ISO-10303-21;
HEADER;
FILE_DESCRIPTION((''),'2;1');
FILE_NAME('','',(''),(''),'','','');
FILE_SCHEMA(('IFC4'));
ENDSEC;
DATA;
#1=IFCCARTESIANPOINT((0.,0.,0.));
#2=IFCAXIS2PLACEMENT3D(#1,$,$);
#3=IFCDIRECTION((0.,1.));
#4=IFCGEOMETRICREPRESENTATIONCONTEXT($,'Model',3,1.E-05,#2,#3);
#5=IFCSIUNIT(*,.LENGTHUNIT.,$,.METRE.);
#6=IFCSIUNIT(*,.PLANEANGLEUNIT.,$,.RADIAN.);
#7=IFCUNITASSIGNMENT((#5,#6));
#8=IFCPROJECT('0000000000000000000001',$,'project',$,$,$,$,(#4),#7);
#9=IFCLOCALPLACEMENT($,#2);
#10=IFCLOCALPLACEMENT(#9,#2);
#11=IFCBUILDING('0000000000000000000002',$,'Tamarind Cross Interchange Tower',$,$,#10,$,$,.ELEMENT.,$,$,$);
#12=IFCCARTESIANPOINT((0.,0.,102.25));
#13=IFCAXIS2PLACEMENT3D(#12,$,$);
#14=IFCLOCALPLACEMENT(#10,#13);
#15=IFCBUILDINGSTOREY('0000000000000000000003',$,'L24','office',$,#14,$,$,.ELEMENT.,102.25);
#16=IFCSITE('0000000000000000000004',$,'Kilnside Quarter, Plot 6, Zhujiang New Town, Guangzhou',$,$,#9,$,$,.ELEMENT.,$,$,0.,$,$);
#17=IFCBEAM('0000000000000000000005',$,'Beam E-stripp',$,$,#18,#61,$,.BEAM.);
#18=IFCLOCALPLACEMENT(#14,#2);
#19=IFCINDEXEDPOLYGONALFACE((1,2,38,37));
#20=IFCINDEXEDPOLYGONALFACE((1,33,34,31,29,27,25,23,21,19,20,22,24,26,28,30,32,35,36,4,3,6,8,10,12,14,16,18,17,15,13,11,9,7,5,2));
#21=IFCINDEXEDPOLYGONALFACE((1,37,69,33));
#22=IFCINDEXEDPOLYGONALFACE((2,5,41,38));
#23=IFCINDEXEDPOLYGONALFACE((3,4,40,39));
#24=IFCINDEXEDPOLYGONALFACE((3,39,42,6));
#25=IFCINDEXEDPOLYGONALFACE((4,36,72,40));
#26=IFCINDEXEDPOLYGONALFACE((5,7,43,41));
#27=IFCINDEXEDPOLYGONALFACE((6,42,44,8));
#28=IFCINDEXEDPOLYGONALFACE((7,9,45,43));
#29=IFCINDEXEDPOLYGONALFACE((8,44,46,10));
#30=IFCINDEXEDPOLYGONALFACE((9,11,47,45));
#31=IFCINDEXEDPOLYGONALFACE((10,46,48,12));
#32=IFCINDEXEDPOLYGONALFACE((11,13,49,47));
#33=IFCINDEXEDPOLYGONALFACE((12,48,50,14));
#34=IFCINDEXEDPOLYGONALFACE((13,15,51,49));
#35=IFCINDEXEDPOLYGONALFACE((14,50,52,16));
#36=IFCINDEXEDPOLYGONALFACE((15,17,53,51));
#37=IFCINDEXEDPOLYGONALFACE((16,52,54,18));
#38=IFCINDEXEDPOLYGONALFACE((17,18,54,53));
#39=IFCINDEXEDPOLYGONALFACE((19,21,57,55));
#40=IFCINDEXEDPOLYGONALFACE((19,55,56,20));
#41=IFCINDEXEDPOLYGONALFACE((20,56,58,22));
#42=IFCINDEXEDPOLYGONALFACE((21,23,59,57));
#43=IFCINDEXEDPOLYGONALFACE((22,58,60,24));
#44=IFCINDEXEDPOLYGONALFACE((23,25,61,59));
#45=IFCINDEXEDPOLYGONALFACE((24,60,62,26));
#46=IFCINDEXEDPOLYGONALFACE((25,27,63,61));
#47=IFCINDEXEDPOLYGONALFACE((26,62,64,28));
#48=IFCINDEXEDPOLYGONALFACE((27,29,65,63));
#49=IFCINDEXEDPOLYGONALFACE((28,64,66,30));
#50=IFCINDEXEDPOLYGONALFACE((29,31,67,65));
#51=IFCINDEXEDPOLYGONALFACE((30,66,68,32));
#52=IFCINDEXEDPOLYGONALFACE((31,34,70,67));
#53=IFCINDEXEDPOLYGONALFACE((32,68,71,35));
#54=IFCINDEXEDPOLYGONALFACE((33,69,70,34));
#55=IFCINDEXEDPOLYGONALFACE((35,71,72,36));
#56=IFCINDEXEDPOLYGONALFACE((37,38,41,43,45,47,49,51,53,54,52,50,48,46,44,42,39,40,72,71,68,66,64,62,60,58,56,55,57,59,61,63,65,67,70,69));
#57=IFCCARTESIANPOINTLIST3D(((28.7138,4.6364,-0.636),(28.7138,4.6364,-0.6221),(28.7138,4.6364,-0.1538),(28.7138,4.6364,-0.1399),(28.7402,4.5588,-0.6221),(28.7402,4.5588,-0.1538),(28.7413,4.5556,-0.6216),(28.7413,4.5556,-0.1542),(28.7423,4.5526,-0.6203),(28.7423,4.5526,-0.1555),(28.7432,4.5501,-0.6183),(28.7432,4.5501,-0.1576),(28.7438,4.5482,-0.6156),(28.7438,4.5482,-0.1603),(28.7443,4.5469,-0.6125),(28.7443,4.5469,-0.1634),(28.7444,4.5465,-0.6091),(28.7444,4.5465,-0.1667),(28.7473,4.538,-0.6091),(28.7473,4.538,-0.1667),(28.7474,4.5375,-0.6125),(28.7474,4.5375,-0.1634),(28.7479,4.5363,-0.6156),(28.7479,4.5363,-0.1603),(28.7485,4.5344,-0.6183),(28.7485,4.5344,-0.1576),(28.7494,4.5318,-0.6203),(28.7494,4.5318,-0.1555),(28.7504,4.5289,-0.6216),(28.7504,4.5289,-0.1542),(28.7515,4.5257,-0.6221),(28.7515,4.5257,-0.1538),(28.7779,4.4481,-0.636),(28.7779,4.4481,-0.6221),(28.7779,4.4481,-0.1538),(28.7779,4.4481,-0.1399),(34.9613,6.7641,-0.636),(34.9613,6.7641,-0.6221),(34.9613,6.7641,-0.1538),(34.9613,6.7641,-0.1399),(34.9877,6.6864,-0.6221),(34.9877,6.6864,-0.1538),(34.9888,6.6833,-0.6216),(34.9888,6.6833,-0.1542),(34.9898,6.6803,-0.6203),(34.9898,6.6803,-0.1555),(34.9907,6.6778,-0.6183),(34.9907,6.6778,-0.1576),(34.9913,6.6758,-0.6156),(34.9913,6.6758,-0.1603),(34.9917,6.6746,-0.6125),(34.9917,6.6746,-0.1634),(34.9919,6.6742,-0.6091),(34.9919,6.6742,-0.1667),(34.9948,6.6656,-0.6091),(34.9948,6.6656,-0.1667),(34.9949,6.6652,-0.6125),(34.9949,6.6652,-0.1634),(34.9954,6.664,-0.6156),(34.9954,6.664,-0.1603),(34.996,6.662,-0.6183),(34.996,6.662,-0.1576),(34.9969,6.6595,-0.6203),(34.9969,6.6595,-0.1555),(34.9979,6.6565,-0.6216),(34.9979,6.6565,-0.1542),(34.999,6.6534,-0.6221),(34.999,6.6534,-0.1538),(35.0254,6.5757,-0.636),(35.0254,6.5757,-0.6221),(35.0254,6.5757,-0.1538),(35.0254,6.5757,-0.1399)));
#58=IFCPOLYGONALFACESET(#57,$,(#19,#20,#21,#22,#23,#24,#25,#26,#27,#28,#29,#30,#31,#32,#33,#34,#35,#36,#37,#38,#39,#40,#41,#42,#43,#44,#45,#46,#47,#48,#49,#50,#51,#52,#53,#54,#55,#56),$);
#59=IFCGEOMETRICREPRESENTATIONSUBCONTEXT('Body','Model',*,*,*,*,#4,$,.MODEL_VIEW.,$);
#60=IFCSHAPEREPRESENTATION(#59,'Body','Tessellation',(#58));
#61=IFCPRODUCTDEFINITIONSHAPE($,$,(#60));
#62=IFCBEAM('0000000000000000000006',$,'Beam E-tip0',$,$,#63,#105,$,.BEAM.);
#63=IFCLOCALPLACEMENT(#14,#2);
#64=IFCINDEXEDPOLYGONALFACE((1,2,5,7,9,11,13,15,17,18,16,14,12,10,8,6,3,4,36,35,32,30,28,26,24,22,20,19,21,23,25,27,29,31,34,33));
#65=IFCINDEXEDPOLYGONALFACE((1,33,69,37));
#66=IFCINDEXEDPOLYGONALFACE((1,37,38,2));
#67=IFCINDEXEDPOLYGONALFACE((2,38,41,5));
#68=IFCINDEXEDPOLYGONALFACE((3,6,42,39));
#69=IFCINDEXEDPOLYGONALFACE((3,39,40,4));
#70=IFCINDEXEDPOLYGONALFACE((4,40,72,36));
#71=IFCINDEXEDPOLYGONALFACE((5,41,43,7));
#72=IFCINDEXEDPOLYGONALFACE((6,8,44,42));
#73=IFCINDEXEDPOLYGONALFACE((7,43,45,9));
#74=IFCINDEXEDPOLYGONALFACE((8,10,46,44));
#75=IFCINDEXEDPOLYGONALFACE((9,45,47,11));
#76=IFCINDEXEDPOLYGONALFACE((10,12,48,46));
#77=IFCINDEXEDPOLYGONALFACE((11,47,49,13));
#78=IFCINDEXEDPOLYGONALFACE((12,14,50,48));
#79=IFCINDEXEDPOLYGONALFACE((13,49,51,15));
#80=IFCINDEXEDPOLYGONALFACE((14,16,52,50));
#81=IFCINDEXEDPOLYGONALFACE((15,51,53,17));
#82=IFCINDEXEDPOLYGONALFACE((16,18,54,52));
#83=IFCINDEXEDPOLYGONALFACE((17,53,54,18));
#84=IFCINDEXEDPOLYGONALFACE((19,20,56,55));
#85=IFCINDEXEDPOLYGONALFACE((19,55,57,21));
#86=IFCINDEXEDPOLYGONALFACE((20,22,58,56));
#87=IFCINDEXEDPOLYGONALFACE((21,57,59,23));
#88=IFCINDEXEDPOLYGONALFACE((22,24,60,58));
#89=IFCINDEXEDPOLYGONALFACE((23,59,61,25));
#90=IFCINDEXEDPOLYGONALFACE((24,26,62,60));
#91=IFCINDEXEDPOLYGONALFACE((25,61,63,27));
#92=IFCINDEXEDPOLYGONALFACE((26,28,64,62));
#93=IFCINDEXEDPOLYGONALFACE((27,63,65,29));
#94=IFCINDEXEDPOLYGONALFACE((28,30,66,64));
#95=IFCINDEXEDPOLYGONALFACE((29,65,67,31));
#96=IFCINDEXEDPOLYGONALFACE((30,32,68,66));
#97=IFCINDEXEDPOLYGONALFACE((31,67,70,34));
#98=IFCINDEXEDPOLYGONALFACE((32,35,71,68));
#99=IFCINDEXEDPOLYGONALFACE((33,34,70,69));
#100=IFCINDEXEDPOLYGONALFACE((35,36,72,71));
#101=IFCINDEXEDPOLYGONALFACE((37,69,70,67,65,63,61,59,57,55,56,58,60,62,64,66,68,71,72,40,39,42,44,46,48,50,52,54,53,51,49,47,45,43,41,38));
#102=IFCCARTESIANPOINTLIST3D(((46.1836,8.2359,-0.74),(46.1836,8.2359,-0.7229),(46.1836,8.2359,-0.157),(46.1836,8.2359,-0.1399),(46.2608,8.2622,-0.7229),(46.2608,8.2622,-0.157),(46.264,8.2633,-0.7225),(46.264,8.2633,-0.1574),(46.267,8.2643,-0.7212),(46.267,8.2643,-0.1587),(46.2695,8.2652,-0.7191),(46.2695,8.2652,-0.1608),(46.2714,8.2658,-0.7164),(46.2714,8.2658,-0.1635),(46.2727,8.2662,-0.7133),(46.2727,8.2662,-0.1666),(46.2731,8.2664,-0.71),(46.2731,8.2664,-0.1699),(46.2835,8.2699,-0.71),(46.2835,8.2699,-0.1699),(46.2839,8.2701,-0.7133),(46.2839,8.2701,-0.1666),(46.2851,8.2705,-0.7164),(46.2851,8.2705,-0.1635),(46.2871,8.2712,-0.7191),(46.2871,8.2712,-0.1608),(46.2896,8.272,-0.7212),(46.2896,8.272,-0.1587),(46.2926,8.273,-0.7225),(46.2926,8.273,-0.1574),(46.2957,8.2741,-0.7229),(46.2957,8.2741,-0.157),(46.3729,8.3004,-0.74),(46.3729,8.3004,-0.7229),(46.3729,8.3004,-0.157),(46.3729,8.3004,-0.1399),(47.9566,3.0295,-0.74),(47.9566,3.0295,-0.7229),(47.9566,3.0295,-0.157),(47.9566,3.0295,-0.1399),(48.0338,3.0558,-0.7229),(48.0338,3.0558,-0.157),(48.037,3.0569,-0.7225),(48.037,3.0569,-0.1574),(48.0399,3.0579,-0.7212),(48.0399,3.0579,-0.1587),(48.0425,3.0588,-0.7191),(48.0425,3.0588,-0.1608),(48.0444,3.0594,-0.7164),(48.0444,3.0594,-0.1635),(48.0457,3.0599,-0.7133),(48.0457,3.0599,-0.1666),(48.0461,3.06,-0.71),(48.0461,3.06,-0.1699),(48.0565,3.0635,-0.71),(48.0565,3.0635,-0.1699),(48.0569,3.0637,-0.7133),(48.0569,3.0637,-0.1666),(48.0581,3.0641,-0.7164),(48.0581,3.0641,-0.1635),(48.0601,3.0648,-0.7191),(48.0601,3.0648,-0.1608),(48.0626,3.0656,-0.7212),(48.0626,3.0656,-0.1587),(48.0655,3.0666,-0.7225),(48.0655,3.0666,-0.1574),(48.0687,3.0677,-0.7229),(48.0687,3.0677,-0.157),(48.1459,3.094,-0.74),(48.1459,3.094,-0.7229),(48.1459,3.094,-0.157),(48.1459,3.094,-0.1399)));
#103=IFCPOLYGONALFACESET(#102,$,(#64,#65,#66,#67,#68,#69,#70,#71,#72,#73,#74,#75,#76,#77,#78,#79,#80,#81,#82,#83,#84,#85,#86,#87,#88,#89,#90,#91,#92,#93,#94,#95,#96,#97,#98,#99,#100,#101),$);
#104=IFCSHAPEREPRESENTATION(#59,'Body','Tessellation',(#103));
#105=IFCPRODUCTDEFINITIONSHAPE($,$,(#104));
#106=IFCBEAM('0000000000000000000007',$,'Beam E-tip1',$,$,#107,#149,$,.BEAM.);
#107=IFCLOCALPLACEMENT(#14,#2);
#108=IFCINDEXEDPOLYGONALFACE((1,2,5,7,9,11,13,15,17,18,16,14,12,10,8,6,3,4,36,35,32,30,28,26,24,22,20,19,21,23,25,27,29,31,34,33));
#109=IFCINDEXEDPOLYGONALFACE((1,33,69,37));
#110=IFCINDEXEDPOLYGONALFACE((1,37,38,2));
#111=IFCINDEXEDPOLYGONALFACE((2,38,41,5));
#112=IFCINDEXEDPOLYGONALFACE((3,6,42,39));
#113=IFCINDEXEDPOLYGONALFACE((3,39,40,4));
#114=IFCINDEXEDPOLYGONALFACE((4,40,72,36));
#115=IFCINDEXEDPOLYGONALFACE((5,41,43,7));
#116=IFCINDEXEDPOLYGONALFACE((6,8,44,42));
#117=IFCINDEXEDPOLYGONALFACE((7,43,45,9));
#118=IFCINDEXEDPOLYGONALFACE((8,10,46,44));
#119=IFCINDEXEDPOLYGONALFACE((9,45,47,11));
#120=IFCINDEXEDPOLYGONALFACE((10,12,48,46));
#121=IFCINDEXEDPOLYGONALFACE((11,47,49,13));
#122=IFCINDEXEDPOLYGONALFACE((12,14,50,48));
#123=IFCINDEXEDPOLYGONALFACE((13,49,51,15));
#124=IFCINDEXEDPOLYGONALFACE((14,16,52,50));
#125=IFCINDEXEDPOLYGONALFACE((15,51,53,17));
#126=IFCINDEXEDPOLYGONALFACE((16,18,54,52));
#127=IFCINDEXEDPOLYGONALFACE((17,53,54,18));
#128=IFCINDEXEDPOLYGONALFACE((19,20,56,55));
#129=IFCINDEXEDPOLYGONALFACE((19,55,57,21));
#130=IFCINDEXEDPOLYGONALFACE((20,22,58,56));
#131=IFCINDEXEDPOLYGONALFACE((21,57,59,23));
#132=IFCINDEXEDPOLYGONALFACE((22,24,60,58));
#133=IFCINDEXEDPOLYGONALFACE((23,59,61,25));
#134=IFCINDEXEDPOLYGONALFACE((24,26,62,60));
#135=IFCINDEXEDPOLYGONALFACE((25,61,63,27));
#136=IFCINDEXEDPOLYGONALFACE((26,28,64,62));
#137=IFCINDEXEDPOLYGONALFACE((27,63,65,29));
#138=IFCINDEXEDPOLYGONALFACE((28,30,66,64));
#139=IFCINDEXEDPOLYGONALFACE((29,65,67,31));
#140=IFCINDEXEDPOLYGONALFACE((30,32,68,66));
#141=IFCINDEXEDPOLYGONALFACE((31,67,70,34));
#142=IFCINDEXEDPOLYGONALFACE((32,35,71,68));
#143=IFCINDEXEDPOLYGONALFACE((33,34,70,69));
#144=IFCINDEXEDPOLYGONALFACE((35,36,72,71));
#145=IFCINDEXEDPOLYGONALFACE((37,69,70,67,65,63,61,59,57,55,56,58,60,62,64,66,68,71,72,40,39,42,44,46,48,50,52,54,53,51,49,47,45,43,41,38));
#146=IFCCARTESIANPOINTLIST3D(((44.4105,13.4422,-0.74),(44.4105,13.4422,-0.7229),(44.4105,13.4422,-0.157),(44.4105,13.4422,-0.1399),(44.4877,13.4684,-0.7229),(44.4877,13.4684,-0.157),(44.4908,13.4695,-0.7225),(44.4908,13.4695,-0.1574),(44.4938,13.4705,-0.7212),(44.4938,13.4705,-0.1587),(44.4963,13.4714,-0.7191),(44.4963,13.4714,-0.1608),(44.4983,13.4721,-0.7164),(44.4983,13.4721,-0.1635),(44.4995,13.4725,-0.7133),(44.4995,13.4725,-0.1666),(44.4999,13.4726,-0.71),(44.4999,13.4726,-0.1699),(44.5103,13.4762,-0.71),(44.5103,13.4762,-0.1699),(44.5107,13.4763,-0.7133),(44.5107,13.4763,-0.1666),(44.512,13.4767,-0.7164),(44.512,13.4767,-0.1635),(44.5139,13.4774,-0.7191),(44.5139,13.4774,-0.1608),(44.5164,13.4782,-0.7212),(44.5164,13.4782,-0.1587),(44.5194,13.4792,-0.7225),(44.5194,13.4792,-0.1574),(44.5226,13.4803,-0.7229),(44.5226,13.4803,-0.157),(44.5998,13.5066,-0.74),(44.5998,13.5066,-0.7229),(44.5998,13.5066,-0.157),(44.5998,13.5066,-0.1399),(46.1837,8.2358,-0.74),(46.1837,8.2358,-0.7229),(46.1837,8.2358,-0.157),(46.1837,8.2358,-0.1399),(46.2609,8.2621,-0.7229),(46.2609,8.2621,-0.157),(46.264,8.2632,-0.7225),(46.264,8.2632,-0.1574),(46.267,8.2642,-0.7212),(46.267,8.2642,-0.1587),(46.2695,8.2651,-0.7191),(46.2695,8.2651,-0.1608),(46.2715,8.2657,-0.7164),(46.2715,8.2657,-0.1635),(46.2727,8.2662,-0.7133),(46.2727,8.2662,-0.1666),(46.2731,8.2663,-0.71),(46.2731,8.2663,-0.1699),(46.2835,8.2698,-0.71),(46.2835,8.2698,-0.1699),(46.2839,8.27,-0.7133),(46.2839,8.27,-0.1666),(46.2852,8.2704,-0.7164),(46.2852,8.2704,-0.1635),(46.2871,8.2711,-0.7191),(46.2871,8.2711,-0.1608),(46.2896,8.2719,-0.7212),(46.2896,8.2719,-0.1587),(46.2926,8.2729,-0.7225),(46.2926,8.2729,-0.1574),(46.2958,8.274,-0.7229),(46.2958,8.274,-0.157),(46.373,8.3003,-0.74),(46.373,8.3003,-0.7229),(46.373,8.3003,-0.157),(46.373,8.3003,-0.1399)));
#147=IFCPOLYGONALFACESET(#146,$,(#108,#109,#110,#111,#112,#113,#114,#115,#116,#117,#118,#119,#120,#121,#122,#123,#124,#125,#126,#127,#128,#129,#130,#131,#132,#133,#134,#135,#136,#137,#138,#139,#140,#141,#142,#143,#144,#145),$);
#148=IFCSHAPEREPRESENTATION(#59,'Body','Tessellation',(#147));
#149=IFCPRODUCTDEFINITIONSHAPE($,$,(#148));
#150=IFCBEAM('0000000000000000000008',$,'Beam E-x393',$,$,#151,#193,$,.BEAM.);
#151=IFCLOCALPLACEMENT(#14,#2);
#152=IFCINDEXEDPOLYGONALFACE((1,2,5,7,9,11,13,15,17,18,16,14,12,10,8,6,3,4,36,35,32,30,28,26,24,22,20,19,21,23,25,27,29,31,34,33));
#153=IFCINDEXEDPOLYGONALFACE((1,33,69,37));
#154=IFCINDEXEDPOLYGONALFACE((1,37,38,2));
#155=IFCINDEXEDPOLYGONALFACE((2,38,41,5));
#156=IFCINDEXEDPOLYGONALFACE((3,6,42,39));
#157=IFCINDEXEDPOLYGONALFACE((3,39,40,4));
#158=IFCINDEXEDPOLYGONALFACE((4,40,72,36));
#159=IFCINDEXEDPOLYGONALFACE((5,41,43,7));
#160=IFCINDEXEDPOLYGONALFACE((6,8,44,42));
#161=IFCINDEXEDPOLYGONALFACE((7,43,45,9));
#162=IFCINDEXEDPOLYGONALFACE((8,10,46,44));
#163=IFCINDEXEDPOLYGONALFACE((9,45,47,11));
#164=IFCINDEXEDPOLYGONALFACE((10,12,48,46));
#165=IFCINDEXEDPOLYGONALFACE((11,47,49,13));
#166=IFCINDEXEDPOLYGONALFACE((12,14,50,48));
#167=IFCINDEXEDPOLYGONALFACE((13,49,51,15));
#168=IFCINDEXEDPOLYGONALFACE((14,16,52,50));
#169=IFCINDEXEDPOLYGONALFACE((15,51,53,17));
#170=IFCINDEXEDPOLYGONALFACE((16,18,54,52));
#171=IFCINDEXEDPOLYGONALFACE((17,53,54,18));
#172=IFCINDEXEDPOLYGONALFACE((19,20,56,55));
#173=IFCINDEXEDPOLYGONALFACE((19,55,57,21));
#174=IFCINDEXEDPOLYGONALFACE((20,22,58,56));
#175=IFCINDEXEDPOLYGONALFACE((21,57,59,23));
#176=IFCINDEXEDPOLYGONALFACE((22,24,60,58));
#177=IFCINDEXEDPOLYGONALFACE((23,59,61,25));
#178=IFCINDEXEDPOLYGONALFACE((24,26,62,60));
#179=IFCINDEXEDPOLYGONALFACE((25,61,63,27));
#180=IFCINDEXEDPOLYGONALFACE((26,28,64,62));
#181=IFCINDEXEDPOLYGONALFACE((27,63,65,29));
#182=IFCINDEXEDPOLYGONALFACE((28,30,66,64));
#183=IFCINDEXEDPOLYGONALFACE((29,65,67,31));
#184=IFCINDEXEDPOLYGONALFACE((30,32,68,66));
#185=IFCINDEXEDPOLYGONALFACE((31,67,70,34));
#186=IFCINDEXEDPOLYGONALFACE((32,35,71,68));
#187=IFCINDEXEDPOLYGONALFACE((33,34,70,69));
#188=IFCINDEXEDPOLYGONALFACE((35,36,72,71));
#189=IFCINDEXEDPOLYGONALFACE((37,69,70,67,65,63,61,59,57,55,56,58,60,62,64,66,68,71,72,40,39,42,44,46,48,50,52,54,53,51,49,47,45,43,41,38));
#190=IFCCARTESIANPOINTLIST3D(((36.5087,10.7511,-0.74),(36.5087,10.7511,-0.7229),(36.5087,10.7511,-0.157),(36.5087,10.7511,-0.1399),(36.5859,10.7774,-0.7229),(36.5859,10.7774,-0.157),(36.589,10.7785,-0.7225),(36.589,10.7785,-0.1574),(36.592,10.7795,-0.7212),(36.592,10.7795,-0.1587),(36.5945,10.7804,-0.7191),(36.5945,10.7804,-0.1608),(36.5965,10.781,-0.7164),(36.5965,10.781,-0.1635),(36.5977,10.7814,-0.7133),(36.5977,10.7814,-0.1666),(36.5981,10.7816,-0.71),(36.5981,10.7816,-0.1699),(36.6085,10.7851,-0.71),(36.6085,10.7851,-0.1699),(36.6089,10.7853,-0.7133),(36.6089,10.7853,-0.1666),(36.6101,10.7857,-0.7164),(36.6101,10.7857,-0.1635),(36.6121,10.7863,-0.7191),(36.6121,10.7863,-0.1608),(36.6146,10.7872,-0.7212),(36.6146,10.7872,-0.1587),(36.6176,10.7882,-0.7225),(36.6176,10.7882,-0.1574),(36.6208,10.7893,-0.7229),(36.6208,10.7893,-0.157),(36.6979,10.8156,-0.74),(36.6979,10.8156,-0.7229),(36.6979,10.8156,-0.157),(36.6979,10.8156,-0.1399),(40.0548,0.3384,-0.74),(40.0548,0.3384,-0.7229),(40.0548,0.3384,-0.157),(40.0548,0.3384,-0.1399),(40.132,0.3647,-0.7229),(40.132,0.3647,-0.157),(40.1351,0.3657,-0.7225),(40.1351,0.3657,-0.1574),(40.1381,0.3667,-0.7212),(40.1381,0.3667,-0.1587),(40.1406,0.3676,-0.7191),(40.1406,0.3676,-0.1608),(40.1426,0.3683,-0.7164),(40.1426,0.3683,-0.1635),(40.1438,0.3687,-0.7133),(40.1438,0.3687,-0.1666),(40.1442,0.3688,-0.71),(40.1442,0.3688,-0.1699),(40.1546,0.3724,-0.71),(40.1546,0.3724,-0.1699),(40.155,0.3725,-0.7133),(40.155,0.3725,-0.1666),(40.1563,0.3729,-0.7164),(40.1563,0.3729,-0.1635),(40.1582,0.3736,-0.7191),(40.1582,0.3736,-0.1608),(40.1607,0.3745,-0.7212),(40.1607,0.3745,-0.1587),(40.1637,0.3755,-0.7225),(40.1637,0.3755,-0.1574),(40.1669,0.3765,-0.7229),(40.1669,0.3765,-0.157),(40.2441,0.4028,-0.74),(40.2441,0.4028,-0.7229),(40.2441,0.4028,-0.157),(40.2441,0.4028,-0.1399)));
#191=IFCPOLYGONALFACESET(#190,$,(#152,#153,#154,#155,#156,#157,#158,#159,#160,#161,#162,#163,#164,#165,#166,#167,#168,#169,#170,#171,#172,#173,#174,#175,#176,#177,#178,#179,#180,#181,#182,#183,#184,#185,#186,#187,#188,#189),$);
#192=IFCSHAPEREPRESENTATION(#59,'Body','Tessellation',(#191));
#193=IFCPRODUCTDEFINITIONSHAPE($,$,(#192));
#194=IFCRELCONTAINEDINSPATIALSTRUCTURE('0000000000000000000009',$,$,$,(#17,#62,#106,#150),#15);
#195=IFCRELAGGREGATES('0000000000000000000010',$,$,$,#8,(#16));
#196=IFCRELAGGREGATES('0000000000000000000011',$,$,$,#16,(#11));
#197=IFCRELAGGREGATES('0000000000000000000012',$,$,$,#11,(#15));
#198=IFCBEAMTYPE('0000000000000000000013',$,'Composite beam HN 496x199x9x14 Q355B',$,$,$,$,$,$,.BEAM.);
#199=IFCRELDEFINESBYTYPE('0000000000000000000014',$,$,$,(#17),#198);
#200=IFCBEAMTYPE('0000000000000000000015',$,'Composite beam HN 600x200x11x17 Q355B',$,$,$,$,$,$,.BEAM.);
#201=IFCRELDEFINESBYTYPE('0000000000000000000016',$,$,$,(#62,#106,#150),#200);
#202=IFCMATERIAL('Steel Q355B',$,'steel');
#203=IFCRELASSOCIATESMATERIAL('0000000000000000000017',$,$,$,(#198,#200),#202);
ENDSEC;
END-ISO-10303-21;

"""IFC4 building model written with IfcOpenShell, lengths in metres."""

from ifc_helpers import new_model, si_unit, direction, frame, origin, origin_2d, place, context, subcontext, project, spatial, i_section, extrude, material, material_profile, profile_set, type_object, element, save


model = new_model("IFC4")

# Units and contexts
model_context = context("Model", 3, precision=1e-05, world=origin(), true_north=direction((0.0, 1.0)))
body_context = subcontext(model_context, "Body", "Model", "MODEL_VIEW")
ifc_project = project(units=[si_unit("LENGTHUNIT", "METRE"), si_unit("PLANEANGLEUNIT", "RADIAN")], contexts=[model_context])

# Site, building, storey
site_placement = place(None, origin())
site = spatial("IfcSite", under=ifc_project, at=site_placement, Name="Kilnside Quarter, Plot 6, Zhujiang New Town, Guangzhou", CompositionType="ELEMENT", RefElevation=0.0)
building_placement = place(site_placement, origin())
building = spatial("IfcBuilding", under=site, at=building_placement, Name="Tamarind Cross Interchange Tower", CompositionType="ELEMENT")
storey_placement = place(building_placement, frame((0.0, 0.0, 102.25)))
storey = spatial("IfcBuildingStorey", under=building, at=storey_placement, Name="L24", Description="office", CompositionType="ELEMENT", Elevation=102.25)

# Beams
ifc_material_1 = material(Name="Steel Q355B", Category="steel")
ifc_material_profile_1 = material_profile(ifc_material_1, i_section(OverallWidth=0.199, OverallDepth=0.4961, WebThickness=0.009, FlangeThickness=0.0139, FilletRadius=0.0129, at=origin_2d()), Name="HN 496x199x9x14")
ifc_profile_set_1 = profile_set([ifc_material_profile_1], Name="Steel Q355B")
beam_type_1 = type_object("IfcBeamType", Name="Composite beam HN 496x199x9x14 Q355B", PredefinedType="BEAM", material=ifc_profile_set_1)
for number, where, z_axis, x_axis, name in (
    (1, (28.7458, 4.5422, -0.3879), (0.94661, 0.32238, 0.0), (-0.32238, 0.94661, 0.0), "Beam E-stripp"),
):
    element("IfcBeam", number, at=place(storey_placement, frame(where, z_axis=z_axis, x_axis=x_axis)), inside=storey, type_object=beam_type_1, Name=name, PredefinedType="BEAM", context=body_context, shape_type="SweptSolid", body=[
        extrude(i_section(OverallWidth=0.199, OverallDepth=0.4961, WebThickness=0.009, FlangeThickness=0.0139, FilletRadius=0.0129, at=origin_2d()), origin(), (0.0, 0.0, 1.0), 6.5999),
    ])
ifc_material_profile_2 = material_profile(ifc_material_1, i_section(OverallWidth=0.2, OverallDepth=0.6001, WebThickness=0.011, FlangeThickness=0.0171, FilletRadius=0.0129, at=origin_2d()), Name="HN 600x200x11x17")
ifc_profile_set_2 = profile_set([ifc_material_profile_2], Name="Steel Q355B")
beam_type_2 = type_object("IfcBeamType", Name="Composite beam HN 600x200x11x17 Q355B", PredefinedType="BEAM", material=ifc_profile_set_2)
for number, where, z_axis, x_axis, name in (
    (2, (48.0513, 3.0618, -0.4399), (-0.32236, 0.946617, 0.0), (-0.946617, -0.32236, 0.0), "Beam E-tip0"),
    (3, (46.2783, 8.2681, -0.4399), (-0.3224, 0.946604, 0.0), (-0.946604, -0.3224, 0.0), "Beam E-tip1"),
):
    element("IfcBeam", number, at=place(storey_placement, frame(where, z_axis=z_axis, x_axis=x_axis)), inside=storey, type_object=beam_type_2, Name=name, PredefinedType="BEAM", context=body_context, shape_type="SweptSolid", body=[
        extrude(i_section(OverallWidth=0.2, OverallDepth=0.6001, WebThickness=0.011, FlangeThickness=0.0171, FilletRadius=0.0129, at=origin_2d()), origin(), (0.0, 0.0, 1.0), 5.5),
    ])
for number, where, z_axis, x_axis, name in (
    (4, (40.1494, 0.3706, -0.4399), (-0.322373, 0.946613, 0.0), (-0.946613, -0.322373, 0.0), "Beam E-x393"),
):
    element("IfcBeam", number, at=place(storey_placement, frame(where, z_axis=z_axis, x_axis=x_axis)), inside=storey, type_object=beam_type_2, Name=name, PredefinedType="BEAM", context=body_context, shape_type="SweptSolid", body=[
        extrude(i_section(OverallWidth=0.2, OverallDepth=0.6001, WebThickness=0.011, FlangeThickness=0.0171, FilletRadius=0.0129, at=origin_2d()), origin(), (0.0, 0.0, 1.0), 11.0),
    ])

save(model, "model.ifc")
